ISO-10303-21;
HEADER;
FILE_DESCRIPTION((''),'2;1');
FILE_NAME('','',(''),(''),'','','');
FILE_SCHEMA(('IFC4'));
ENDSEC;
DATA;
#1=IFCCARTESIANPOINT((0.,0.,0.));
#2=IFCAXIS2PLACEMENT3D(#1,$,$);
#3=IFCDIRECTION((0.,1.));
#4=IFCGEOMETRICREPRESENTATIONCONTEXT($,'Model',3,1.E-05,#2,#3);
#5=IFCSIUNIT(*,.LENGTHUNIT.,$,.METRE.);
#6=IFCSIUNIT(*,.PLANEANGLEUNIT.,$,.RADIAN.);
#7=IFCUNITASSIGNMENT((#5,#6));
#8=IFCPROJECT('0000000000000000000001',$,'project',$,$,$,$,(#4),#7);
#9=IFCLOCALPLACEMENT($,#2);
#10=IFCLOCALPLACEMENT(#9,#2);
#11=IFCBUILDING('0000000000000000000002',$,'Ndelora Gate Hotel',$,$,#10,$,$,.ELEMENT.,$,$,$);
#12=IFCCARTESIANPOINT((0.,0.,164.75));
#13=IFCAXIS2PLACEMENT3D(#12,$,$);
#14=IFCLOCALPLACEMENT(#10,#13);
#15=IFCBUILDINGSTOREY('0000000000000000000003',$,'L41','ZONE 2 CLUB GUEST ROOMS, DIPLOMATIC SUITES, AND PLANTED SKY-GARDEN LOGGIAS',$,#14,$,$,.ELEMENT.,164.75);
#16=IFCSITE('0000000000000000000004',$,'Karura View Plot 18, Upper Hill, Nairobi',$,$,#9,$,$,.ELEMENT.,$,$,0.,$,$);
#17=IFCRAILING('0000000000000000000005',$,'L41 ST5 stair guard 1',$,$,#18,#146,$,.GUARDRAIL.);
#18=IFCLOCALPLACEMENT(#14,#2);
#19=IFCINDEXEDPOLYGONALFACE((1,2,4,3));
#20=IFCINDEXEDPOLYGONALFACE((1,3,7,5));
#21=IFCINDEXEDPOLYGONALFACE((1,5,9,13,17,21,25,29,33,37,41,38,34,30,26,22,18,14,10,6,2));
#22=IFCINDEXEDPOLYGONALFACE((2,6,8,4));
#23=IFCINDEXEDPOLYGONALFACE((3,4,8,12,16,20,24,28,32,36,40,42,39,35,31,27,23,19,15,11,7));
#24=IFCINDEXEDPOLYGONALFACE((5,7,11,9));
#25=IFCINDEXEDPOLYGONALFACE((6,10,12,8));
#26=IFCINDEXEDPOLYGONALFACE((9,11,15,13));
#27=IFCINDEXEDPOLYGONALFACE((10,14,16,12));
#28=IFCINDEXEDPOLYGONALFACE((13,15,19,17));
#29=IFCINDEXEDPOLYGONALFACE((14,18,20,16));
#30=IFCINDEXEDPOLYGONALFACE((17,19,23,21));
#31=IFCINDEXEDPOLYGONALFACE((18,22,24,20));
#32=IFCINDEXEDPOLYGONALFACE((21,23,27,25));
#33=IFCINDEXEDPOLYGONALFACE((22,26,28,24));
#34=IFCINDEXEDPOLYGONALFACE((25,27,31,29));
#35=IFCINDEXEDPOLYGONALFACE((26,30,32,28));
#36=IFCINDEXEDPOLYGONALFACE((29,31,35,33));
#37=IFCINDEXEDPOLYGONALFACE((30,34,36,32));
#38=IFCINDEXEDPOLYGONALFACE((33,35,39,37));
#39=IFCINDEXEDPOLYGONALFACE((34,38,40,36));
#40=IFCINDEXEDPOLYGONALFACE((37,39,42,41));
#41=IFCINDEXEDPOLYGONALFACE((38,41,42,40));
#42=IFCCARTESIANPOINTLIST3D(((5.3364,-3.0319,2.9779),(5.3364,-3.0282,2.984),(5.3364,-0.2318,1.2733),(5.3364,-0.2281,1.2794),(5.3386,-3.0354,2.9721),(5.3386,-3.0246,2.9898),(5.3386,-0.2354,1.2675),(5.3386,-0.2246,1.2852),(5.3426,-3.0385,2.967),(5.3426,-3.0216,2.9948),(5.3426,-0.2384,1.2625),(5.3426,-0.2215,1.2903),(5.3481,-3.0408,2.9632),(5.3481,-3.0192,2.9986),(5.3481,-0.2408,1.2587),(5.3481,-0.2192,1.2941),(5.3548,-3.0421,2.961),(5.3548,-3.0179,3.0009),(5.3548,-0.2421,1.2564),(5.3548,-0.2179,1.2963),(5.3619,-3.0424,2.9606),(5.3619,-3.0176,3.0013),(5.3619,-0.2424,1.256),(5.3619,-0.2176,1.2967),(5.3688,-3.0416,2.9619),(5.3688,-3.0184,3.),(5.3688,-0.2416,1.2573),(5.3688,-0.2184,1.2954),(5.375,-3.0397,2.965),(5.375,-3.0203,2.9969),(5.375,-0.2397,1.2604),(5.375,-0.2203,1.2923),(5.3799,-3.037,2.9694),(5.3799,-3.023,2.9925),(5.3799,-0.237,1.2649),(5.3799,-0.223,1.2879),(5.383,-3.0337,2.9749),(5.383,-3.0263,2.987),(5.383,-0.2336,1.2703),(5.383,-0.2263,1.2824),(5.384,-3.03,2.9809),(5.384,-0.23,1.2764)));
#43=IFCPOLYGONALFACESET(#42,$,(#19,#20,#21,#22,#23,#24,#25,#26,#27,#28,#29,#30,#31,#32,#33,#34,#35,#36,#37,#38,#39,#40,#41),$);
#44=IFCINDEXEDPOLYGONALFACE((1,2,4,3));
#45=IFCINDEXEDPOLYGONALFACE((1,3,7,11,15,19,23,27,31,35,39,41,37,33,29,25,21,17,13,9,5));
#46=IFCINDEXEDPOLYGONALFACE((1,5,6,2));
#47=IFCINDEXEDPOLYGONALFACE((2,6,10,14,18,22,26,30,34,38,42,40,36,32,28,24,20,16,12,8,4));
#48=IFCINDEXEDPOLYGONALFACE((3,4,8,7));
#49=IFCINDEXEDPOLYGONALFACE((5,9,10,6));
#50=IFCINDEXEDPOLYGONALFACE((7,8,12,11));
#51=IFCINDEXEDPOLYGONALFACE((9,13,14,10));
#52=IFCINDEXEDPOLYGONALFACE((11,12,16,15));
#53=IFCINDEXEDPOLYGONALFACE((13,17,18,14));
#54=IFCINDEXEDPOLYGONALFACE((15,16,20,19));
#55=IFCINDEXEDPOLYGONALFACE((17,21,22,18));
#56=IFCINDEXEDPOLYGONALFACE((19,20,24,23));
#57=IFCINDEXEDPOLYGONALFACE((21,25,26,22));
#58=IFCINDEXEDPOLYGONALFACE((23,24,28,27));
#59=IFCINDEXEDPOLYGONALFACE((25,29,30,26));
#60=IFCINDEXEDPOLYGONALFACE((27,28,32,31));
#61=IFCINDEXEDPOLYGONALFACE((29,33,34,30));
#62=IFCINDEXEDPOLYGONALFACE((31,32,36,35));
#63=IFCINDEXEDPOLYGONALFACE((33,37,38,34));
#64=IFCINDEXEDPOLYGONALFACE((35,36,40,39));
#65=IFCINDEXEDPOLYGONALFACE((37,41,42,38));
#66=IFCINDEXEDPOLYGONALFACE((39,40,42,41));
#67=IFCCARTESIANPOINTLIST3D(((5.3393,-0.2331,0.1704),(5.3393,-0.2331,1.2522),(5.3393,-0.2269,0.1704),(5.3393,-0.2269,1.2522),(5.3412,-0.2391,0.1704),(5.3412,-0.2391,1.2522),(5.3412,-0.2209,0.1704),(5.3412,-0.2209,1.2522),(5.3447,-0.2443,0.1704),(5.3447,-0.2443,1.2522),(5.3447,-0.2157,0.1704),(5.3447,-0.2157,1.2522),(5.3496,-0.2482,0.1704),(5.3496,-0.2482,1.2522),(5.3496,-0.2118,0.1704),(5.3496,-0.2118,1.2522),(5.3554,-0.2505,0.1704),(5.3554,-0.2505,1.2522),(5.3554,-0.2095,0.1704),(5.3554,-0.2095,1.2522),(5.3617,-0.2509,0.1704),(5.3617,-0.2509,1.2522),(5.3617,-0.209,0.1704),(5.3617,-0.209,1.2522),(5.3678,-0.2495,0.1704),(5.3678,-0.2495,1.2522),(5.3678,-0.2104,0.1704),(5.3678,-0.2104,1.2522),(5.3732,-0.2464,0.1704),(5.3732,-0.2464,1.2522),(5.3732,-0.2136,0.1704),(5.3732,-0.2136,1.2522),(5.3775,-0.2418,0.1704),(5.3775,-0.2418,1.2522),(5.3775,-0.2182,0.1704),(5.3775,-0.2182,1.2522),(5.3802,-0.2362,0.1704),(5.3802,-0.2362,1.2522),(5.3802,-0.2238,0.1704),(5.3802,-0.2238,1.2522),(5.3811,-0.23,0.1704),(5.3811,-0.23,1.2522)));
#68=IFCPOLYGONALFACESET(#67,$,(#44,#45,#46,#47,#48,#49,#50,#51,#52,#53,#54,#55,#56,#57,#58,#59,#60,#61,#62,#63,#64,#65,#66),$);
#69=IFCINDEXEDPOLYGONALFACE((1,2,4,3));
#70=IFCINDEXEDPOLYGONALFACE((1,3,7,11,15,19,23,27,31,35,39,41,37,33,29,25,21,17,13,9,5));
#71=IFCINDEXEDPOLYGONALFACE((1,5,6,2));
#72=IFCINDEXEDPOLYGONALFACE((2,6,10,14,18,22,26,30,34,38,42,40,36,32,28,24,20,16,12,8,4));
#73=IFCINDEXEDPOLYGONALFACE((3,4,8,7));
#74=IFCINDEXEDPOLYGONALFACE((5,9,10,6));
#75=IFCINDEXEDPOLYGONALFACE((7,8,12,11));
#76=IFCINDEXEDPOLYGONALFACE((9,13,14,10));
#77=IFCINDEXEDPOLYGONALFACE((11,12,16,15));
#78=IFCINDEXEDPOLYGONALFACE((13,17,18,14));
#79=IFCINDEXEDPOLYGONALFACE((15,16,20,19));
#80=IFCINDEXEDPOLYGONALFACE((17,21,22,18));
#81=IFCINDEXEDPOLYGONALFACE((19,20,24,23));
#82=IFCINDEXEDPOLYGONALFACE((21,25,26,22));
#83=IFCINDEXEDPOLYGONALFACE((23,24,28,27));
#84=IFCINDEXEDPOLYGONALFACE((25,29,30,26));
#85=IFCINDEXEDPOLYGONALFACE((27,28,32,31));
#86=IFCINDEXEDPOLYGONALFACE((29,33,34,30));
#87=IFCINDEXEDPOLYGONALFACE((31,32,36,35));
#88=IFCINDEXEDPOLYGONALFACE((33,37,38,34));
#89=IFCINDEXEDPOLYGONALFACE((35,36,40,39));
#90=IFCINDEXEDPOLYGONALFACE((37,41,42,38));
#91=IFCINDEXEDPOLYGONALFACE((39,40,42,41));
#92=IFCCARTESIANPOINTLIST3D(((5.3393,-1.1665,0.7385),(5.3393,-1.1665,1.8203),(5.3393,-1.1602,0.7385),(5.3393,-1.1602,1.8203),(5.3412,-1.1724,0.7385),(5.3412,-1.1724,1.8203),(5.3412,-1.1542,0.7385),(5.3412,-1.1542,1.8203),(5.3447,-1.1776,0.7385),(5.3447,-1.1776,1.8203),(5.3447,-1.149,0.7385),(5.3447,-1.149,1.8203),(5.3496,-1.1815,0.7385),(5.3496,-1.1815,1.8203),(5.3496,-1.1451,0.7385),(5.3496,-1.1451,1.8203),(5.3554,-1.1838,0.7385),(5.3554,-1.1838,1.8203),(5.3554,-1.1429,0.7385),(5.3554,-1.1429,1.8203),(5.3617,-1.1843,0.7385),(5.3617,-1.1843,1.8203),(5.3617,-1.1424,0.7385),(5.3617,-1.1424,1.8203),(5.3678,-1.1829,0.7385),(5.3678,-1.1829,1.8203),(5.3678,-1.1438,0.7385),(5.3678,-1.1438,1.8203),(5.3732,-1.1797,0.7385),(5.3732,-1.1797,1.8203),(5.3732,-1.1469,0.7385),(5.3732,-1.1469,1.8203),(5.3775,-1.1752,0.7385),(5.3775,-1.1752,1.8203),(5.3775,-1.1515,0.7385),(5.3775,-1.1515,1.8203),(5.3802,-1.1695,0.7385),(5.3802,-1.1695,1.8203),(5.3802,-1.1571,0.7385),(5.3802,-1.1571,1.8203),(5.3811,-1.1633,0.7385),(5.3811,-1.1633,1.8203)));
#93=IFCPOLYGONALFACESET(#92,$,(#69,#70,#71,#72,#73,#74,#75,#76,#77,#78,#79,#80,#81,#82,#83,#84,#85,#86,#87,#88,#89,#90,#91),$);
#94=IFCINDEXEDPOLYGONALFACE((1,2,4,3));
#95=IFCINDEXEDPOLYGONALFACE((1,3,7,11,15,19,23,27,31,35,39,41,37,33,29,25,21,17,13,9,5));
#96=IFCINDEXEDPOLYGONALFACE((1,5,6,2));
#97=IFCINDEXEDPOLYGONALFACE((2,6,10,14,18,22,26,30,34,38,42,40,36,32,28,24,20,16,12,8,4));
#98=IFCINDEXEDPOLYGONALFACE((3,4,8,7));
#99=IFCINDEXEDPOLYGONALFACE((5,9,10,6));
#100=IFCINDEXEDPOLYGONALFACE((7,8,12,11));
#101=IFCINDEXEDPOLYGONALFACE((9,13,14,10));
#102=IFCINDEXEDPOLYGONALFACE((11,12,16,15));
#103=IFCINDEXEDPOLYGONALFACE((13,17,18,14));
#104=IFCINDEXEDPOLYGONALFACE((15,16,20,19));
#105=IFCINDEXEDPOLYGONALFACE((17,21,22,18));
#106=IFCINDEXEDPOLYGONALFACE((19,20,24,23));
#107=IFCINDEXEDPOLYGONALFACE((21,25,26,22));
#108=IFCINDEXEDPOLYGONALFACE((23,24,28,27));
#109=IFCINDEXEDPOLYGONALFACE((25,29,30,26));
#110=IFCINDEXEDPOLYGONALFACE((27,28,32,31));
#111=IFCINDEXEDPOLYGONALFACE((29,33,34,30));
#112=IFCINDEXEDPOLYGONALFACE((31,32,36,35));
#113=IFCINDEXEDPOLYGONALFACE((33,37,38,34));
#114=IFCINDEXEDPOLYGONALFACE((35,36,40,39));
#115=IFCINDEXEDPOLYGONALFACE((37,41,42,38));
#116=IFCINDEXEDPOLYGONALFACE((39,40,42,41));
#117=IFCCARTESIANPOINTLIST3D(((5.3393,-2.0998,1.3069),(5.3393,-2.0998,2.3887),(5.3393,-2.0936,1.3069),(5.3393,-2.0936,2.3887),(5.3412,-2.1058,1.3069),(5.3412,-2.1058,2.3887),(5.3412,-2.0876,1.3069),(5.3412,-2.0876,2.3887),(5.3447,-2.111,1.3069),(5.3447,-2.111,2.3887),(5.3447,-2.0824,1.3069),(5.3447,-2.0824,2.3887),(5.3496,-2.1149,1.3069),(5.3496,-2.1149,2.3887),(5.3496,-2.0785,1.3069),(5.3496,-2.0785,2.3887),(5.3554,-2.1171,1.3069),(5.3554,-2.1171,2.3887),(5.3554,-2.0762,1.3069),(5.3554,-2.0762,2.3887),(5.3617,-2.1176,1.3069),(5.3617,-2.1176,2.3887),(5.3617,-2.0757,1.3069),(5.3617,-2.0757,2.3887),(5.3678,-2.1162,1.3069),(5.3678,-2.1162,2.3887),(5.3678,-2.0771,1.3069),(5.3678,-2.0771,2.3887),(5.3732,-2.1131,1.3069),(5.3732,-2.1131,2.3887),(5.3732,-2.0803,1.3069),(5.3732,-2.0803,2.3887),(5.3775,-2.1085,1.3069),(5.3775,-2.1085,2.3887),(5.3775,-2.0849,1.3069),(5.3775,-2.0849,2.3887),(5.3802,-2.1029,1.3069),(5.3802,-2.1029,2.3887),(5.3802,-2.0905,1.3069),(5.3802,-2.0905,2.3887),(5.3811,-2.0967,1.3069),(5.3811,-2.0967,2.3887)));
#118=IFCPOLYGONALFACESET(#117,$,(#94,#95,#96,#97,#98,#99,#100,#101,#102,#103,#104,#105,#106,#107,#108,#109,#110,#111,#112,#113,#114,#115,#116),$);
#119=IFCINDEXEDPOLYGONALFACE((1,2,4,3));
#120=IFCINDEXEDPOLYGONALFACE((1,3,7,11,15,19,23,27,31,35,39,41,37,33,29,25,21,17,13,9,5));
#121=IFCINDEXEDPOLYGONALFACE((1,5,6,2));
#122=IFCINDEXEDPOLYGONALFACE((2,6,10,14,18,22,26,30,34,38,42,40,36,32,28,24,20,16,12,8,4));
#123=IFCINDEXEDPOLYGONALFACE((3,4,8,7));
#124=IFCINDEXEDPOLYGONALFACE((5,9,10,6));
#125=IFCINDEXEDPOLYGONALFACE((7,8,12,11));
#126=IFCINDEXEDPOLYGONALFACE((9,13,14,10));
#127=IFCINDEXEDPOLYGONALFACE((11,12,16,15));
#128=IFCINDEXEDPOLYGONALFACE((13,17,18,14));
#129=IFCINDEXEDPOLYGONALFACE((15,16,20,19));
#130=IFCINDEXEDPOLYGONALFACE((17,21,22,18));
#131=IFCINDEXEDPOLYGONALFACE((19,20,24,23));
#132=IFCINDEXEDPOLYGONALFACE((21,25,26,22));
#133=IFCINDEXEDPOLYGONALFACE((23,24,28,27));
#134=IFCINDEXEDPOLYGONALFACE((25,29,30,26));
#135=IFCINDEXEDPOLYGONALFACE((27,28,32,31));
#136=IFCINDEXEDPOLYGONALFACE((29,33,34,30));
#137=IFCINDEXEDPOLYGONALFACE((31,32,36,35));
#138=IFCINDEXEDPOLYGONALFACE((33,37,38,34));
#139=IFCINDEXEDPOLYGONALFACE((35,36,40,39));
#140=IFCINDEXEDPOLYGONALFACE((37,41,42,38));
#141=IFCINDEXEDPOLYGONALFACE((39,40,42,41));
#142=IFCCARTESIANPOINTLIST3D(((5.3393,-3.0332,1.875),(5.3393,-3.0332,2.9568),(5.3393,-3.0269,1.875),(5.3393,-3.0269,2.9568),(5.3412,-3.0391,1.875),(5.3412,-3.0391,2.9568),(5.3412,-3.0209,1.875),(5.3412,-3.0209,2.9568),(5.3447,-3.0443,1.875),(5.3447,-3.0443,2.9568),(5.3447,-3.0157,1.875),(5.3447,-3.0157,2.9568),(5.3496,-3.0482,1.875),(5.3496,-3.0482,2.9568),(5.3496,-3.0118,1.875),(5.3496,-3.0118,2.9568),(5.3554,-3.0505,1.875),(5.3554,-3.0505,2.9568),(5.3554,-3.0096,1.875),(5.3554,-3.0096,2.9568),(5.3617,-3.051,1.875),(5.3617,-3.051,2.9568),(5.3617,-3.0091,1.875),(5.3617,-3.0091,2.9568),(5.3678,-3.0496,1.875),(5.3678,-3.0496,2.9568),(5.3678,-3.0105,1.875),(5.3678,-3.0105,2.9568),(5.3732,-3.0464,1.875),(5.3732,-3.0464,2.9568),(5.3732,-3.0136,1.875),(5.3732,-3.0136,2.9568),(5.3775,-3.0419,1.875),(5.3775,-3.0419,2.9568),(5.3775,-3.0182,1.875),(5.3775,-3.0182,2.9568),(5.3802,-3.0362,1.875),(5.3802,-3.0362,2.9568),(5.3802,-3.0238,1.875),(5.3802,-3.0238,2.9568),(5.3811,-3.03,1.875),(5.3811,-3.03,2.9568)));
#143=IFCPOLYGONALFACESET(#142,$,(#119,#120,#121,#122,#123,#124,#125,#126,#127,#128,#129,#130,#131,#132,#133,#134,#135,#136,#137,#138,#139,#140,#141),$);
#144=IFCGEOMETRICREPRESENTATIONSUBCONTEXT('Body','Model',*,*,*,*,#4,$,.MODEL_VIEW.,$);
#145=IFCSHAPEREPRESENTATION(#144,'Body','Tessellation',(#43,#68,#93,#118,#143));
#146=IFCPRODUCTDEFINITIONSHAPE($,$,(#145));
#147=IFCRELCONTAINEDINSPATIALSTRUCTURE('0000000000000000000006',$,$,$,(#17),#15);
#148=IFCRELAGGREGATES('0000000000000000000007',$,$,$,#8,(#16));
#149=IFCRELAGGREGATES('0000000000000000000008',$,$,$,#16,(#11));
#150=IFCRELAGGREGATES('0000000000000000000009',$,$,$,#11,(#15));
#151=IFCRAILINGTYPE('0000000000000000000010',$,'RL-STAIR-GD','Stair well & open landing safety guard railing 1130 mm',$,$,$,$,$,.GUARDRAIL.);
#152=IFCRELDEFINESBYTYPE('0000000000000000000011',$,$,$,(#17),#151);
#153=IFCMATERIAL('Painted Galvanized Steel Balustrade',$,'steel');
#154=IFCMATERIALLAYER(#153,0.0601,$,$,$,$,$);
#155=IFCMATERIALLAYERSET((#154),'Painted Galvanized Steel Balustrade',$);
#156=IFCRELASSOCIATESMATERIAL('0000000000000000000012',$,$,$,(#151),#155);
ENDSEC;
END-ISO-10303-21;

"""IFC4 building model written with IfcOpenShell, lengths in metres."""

from ifc_helpers import new_model, si_unit, direction, frame, origin, origin_2d, place, context, subcontext, project, spatial, circle, extrude, material, layer, layer_set, type_object, element, save


model = new_model("IFC4")

# Units and contexts
model_context = context("Model", 3, precision=1e-05, world=origin(), true_north=direction((0.0, 1.0)))
body_context = subcontext(model_context, "Body", "Model", "MODEL_VIEW")
ifc_project = project(units=[si_unit("LENGTHUNIT", "METRE"), si_unit("PLANEANGLEUNIT", "RADIAN")], contexts=[model_context])

# Site, building, storey
site_placement = place(None, origin())
site = spatial("IfcSite", under=ifc_project, at=site_placement, Name="Karura View Plot 18, Upper Hill, Nairobi", CompositionType="ELEMENT", RefElevation=0.0)
building_placement = place(site_placement, origin())
building = spatial("IfcBuilding", under=site, at=building_placement, Name="Ndelora Gate Hotel", CompositionType="ELEMENT")
storey_placement = place(building_placement, frame((0.0, 0.0, 164.75)))
storey = spatial("IfcBuildingStorey", under=building, at=storey_placement, Name="L41", Description="ZONE 2 CLUB GUEST ROOMS, DIPLOMATIC SUITES, AND PLANTED SKY-GARDEN LOGGIAS", CompositionType="ELEMENT", Elevation=164.75)

# Railing
ifc_material_1 = material(Name="Painted Galvanized Steel Balustrade", Category="steel")
ifc_layer_1 = layer(ifc_material_1, 0.0601)
ifc_layer_set_1 = layer_set([ifc_layer_1], Name="Painted Galvanized Steel Balustrade")
railing_type_1 = type_object("IfcRailingType", Name="RL-STAIR-GD", Description="Stair well & open landing safety guard railing 1130 mm", PredefinedType="GUARDRAIL", material=ifc_layer_set_1)
railing_1_placement = place(storey_placement, frame((5.3601, -0.23, 0.1704)))
element("IfcRailing", 1, at=railing_1_placement, inside=storey, type_object=railing_type_1, Name="L41 ST5 stair guard 1", PredefinedType="GUARDRAIL", context=body_context, shape_type="SweptSolid", body=[
    extrude(circle(Radius=0.0239, at=origin_2d()), frame((0.0, 0.0, 1.106), z_axis=(0.0, -0.85417, 0.519994), x_axis=(1.0, 0.0, 0.0)), (0.0, 0.0, 1.0), 3.2781),
    extrude(circle(Radius=0.021, at=origin_2d()), origin(), (0.0, 0.0, 1.0), 1.0818),
    extrude(circle(Radius=0.021, at=origin_2d()), frame((0.0, -0.9333, 0.5681)), (0.0, 0.0, 1.0), 1.0818),
    extrude(circle(Radius=0.021, at=origin_2d()), frame((0.0, -1.8667, 1.1365)), (0.0, 0.0, 1.0), 1.0818),
    extrude(circle(Radius=0.021, at=origin_2d()), frame((0.0, -2.8, 1.7046)), (0.0, 0.0, 1.0), 1.0818),
])

save(model, "model.ifc")
